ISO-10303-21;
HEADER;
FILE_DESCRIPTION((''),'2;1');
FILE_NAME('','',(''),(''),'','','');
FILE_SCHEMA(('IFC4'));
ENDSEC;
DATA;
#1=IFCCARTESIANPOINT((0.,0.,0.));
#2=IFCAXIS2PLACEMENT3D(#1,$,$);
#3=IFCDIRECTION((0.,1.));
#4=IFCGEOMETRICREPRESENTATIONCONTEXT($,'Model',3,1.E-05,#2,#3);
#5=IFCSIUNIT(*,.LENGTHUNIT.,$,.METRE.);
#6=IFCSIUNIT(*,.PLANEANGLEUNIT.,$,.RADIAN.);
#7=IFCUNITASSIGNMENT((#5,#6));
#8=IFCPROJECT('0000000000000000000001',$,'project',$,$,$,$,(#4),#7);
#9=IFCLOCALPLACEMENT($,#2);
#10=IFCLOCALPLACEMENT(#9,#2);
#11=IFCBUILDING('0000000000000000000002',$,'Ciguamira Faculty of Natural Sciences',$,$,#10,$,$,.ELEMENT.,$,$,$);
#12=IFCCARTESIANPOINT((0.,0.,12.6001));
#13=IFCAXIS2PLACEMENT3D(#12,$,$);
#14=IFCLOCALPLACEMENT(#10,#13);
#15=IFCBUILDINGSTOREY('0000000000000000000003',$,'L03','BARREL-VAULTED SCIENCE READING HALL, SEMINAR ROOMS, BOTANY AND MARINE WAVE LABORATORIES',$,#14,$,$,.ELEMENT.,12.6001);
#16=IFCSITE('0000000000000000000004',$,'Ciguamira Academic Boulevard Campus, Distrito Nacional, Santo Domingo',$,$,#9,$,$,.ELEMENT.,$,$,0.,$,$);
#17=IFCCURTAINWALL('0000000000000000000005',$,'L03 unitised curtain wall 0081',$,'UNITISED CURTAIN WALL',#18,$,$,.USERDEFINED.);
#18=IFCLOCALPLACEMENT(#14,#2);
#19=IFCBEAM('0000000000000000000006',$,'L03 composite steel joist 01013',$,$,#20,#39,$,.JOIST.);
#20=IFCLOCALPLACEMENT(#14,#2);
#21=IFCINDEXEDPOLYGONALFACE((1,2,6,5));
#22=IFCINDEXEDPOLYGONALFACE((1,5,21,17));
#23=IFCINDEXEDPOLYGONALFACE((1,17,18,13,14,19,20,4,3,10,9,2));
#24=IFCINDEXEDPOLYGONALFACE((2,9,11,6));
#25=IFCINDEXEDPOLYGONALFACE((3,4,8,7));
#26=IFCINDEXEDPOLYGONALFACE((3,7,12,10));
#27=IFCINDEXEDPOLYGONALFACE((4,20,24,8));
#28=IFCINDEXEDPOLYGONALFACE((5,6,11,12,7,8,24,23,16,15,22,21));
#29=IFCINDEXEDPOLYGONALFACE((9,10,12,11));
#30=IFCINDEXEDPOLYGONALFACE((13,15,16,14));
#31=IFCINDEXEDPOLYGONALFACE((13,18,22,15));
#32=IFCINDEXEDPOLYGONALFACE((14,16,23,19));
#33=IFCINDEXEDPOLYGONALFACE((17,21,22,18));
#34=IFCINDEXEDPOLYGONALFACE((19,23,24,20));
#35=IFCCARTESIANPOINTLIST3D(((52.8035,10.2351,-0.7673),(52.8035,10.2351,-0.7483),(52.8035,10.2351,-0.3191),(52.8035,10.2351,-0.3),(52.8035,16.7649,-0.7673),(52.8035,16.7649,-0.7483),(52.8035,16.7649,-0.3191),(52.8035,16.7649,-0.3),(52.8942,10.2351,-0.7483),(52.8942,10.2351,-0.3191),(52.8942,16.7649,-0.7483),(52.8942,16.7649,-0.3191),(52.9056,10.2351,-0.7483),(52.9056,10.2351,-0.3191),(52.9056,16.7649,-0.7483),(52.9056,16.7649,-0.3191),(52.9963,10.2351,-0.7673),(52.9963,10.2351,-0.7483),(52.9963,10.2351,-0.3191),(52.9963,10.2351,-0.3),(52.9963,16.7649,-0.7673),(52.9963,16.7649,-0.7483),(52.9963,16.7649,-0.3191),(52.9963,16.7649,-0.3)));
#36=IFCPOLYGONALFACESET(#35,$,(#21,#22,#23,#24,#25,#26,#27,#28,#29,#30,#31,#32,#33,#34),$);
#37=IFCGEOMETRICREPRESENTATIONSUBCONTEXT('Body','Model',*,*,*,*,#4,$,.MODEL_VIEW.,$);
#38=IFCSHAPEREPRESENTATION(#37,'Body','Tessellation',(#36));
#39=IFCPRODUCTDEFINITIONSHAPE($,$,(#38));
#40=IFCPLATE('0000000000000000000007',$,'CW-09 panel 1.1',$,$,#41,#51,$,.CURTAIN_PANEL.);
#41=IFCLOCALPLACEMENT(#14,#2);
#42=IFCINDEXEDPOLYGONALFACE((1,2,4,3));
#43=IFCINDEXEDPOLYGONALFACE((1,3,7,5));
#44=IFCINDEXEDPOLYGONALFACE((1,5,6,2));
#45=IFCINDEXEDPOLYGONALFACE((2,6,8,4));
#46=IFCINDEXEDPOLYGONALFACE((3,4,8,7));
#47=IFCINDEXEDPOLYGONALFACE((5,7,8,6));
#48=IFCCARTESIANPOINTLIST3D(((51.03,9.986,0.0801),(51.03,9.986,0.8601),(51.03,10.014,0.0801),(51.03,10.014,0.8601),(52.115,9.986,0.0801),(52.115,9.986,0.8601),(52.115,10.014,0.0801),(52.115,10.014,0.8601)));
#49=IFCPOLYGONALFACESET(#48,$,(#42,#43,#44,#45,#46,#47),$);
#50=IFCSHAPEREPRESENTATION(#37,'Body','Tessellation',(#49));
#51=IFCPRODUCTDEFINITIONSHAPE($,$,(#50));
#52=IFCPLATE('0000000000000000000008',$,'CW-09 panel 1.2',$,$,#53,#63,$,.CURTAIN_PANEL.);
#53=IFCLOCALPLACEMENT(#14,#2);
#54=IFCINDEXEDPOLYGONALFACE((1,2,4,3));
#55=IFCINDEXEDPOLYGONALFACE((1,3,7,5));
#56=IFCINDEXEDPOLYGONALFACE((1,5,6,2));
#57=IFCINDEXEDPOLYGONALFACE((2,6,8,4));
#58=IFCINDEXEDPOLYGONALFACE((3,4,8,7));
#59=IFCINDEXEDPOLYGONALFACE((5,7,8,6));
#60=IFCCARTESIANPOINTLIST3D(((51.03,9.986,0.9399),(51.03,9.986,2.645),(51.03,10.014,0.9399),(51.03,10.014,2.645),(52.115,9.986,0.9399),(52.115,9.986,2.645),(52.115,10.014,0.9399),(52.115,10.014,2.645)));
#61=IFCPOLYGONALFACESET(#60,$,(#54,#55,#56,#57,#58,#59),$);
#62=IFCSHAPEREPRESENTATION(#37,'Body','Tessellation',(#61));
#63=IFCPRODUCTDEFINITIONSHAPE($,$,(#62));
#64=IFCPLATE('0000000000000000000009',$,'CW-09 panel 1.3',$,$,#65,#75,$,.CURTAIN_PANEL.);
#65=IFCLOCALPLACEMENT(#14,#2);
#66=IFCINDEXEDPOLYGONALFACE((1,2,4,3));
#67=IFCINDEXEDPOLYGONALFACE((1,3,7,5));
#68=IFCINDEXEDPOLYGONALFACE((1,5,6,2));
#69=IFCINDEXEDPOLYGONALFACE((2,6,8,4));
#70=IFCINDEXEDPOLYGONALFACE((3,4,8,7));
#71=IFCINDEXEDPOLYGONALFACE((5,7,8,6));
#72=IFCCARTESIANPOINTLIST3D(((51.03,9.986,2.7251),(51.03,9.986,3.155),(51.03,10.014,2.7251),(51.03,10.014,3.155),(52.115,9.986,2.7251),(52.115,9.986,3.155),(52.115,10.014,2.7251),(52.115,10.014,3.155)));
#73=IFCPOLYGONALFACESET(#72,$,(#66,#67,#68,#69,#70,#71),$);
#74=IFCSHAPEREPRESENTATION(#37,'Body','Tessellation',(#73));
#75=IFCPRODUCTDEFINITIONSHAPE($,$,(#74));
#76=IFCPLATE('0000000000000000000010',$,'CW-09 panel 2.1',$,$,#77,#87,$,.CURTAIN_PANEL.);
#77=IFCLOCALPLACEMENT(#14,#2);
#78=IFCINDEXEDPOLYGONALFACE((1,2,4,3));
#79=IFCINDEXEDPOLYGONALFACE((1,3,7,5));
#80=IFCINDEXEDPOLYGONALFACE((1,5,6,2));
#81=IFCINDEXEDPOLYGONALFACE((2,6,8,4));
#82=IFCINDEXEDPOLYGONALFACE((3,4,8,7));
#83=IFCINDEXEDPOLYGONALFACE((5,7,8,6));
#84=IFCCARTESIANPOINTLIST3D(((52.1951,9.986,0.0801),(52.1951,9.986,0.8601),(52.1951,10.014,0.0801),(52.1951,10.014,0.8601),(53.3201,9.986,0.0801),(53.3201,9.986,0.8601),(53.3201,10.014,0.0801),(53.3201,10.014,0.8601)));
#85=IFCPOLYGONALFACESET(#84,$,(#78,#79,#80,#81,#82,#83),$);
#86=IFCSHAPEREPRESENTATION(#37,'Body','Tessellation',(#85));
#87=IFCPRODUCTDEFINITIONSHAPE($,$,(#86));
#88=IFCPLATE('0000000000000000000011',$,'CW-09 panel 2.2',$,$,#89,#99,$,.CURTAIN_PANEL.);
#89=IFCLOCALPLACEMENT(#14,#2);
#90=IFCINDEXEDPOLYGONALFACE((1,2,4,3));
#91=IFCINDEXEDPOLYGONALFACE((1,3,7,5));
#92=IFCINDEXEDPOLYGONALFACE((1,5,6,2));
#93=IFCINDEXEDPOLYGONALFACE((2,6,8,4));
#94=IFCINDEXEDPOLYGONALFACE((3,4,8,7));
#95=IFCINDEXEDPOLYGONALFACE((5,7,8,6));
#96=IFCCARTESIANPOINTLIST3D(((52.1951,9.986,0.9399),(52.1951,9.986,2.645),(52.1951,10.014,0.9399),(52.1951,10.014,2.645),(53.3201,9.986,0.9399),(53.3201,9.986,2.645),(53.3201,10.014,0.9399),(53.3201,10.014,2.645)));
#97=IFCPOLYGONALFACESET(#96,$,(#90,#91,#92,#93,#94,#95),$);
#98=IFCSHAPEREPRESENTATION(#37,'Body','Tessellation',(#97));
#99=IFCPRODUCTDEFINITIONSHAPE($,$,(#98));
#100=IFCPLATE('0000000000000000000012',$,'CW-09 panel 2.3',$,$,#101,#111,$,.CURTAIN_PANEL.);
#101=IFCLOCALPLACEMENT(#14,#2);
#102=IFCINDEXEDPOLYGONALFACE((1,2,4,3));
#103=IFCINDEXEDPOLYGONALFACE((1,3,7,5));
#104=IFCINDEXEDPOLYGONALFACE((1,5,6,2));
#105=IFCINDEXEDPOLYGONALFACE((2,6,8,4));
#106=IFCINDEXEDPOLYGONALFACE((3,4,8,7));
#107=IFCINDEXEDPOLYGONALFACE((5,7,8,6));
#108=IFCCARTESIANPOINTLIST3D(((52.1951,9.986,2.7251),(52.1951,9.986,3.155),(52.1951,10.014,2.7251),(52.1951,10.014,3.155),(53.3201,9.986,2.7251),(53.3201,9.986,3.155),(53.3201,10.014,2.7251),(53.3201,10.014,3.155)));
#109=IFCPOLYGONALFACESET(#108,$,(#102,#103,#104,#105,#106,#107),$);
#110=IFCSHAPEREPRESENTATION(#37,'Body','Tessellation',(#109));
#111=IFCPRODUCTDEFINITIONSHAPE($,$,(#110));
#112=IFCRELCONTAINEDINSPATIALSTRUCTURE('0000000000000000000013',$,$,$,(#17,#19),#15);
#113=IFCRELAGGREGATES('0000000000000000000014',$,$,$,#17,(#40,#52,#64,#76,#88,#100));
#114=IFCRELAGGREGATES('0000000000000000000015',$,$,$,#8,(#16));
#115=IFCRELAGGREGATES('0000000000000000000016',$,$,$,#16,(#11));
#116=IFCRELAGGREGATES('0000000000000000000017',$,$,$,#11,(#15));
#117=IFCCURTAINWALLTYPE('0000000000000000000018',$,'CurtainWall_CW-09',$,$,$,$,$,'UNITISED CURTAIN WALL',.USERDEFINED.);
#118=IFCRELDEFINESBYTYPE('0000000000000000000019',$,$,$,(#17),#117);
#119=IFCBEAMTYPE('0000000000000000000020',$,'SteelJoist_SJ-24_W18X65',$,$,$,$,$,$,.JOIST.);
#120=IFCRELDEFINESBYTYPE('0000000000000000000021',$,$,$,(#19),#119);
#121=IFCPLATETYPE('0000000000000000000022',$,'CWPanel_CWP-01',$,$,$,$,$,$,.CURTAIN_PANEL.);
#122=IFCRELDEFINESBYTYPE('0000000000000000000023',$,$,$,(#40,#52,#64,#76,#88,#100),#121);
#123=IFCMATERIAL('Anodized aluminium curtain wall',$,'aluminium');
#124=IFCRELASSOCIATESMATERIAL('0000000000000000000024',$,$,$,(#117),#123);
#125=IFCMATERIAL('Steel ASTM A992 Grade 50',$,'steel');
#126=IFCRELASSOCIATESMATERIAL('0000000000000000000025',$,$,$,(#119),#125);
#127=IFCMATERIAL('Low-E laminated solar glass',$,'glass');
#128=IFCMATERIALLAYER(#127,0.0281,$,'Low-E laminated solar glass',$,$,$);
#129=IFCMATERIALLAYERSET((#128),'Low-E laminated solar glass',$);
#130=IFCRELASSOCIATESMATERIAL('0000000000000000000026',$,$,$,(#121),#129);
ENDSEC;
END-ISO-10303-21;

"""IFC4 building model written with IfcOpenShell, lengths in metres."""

from ifc_helpers import new_model, si_unit, direction, frame, origin, origin_2d, place, context, subcontext, project, spatial, rectangle, i_section, extrude, material, layer, layer_set, material_profile, profile_set, type_object, element, aggregate, save


model = new_model("IFC4")

# Units and contexts
model_context = context("Model", 3, precision=1e-05, world=origin(), true_north=direction((0.0, 1.0)))
body_context = subcontext(model_context, "Body", "Model", "MODEL_VIEW")
ifc_project = project(units=[si_unit("LENGTHUNIT", "METRE"), si_unit("PLANEANGLEUNIT", "RADIAN")], contexts=[model_context])

# Site, building, storey
site_placement = place(None, origin())
site = spatial("IfcSite", under=ifc_project, at=site_placement, Name="Ciguamira Academic Boulevard Campus, Distrito Nacional, Santo Domingo", CompositionType="ELEMENT", RefElevation=0.0)
building_placement = place(site_placement, origin())
building = spatial("IfcBuilding", under=site, at=building_placement, Name="Ciguamira Faculty of Natural Sciences", CompositionType="ELEMENT")
storey_placement = place(building_placement, frame((0.0, 0.0, 12.6001)))
storey = spatial("IfcBuildingStorey", under=building, at=storey_placement, Name="L03", Description="BARREL-VAULTED SCIENCE READING HALL, SEMINAR ROOMS, BOTANY AND MARINE WAVE LABORATORIES", CompositionType="ELEMENT", Elevation=12.6001)

# Curtain wall
ifc_material_1 = material(Name="Anodized aluminium curtain wall", Category="aluminium")
curtain_wall_type = type_object("IfcCurtainWallType", Name="CurtainWall_CW-09", ElementType="UNITISED CURTAIN WALL", PredefinedType="USERDEFINED", material=ifc_material_1)
curtain_wall_placement = place(storey_placement, origin())
curtain_wall = element("IfcCurtainWall", 1, at=curtain_wall_placement, inside=storey, type_object=curtain_wall_type, Name="L03 unitised curtain wall 0081", ObjectType="UNITISED CURTAIN WALL", PredefinedType="USERDEFINED")

# Beam
ifc_material_2 = material(Name="Steel ASTM A992 Grade 50", Category="steel")
ifc_material_profile_1 = material_profile(ifc_material_2, i_section(OverallWidth=0.1929, OverallDepth=0.4673, WebThickness=0.0115, FlangeThickness=0.019, at=origin_2d()), Name="W18X65")
ifc_profile_set_1 = profile_set([ifc_material_profile_1], Name="Steel ASTM A992 Grade 50")
beam_type_1 = type_object("IfcBeamType", Name="SteelJoist_SJ-24_W18X65", PredefinedType="JOIST", material=ifc_profile_set_1)
beam_1_placement = place(storey_placement, frame((52.8999, 10.2351, -0.5337), z_axis=(0.0, 1.0, 0.0), x_axis=(-1.0, 0.0, 0.0)))
element("IfcBeam", 2, at=beam_1_placement, inside=storey, type_object=beam_type_1, Name="L03 composite steel joist 01013", PredefinedType="JOIST", context=body_context, shape_type="SweptSolid", body=[
    extrude(i_section(OverallWidth=0.1929, OverallDepth=0.4673, WebThickness=0.0115, FlangeThickness=0.019, at=origin_2d()), origin(), (0.0, 0.0, 1.0), 6.5298),
])

# Plates
ifc_material_3 = material(Name="Low-E laminated solar glass", Category="glass")
ifc_layer = layer(ifc_material_3, 0.0281, Name="Low-E laminated solar glass")
ifc_layer_set = layer_set([ifc_layer], Name="Low-E laminated solar glass")
plate_type = type_object("IfcPlateType", Name="CWPanel_CWP-01", PredefinedType="CURTAIN_PANEL", material=ifc_layer_set)
plate_1_placement = place(storey_placement, frame((51.5725, 10.0, 0.0801), z_axis=(0.0, 0.0, 1.0), x_axis=(1.0, 0.0, 0.0)))
plate_1 = element("IfcPlate", 3, at=plate_1_placement, type_object=plate_type, Name="CW-09 panel 1.1", PredefinedType="CURTAIN_PANEL", context=body_context, shape_type="SweptSolid", body=[
    extrude(rectangle(XDim=1.085, YDim=0.0281, at=origin_2d()), origin(), (0.0, 0.0, 1.0), 0.78),
])
plate_2_placement = place(storey_placement, frame((51.5725, 10.0, 0.9399), z_axis=(0.0, 0.0, 1.0), x_axis=(1.0, 0.0, 0.0)))
plate_2 = element("IfcPlate", 4, at=plate_2_placement, type_object=plate_type, Name="CW-09 panel 1.2", PredefinedType="CURTAIN_PANEL", context=body_context, shape_type="SweptSolid", body=[
    extrude(rectangle(XDim=1.085, YDim=0.0281, at=origin_2d()), origin(), (0.0, 0.0, 1.0), 1.7051),
])
plate_3_placement = place(storey_placement, frame((51.5725, 10.0, 2.7251), z_axis=(0.0, 0.0, 1.0), x_axis=(1.0, 0.0, 0.0)))
plate_3 = element("IfcPlate", 5, at=plate_3_placement, type_object=plate_type, Name="CW-09 panel 1.3", PredefinedType="CURTAIN_PANEL", context=body_context, shape_type="SweptSolid", body=[
    extrude(rectangle(XDim=1.085, YDim=0.0281, at=origin_2d()), origin(), (0.0, 0.0, 1.0), 0.4299),
])
plate_4_placement = place(storey_placement, frame((52.7576, 10.0, 0.0801), z_axis=(0.0, 0.0, 1.0), x_axis=(1.0, 0.0, 0.0)))
plate_4 = element("IfcPlate", 6, at=plate_4_placement, type_object=plate_type, Name="CW-09 panel 2.1", PredefinedType="CURTAIN_PANEL", context=body_context, shape_type="SweptSolid", body=[
    extrude(rectangle(XDim=1.125, YDim=0.0281, at=origin_2d()), origin(), (0.0, 0.0, 1.0), 0.78),
])
plate_5_placement = place(storey_placement, frame((52.7576, 10.0, 0.9399), z_axis=(0.0, 0.0, 1.0), x_axis=(1.0, 0.0, 0.0)))
plate_5 = element("IfcPlate", 7, at=plate_5_placement, type_object=plate_type, Name="CW-09 panel 2.2", PredefinedType="CURTAIN_PANEL", context=body_context, shape_type="SweptSolid", body=[
    extrude(rectangle(XDim=1.125, YDim=0.0281, at=origin_2d()), origin(), (0.0, 0.0, 1.0), 1.7051),
])
plate_6_placement = place(storey_placement, frame((52.7576, 10.0, 2.7251), z_axis=(0.0, 0.0, 1.0), x_axis=(1.0, 0.0, 0.0)))
plate_6 = element("IfcPlate", 8, at=plate_6_placement, type_object=plate_type, Name="CW-09 panel 2.3", PredefinedType="CURTAIN_PANEL", context=body_context, shape_type="SweptSolid", body=[
    extrude(rectangle(XDim=1.125, YDim=0.0281, at=origin_2d()), origin(), (0.0, 0.0, 1.0), 0.4299),
])
aggregate(curtain_wall, [plate_1, plate_2, plate_3, plate_4, plate_5, plate_6])

save(model, "model.ifc")
